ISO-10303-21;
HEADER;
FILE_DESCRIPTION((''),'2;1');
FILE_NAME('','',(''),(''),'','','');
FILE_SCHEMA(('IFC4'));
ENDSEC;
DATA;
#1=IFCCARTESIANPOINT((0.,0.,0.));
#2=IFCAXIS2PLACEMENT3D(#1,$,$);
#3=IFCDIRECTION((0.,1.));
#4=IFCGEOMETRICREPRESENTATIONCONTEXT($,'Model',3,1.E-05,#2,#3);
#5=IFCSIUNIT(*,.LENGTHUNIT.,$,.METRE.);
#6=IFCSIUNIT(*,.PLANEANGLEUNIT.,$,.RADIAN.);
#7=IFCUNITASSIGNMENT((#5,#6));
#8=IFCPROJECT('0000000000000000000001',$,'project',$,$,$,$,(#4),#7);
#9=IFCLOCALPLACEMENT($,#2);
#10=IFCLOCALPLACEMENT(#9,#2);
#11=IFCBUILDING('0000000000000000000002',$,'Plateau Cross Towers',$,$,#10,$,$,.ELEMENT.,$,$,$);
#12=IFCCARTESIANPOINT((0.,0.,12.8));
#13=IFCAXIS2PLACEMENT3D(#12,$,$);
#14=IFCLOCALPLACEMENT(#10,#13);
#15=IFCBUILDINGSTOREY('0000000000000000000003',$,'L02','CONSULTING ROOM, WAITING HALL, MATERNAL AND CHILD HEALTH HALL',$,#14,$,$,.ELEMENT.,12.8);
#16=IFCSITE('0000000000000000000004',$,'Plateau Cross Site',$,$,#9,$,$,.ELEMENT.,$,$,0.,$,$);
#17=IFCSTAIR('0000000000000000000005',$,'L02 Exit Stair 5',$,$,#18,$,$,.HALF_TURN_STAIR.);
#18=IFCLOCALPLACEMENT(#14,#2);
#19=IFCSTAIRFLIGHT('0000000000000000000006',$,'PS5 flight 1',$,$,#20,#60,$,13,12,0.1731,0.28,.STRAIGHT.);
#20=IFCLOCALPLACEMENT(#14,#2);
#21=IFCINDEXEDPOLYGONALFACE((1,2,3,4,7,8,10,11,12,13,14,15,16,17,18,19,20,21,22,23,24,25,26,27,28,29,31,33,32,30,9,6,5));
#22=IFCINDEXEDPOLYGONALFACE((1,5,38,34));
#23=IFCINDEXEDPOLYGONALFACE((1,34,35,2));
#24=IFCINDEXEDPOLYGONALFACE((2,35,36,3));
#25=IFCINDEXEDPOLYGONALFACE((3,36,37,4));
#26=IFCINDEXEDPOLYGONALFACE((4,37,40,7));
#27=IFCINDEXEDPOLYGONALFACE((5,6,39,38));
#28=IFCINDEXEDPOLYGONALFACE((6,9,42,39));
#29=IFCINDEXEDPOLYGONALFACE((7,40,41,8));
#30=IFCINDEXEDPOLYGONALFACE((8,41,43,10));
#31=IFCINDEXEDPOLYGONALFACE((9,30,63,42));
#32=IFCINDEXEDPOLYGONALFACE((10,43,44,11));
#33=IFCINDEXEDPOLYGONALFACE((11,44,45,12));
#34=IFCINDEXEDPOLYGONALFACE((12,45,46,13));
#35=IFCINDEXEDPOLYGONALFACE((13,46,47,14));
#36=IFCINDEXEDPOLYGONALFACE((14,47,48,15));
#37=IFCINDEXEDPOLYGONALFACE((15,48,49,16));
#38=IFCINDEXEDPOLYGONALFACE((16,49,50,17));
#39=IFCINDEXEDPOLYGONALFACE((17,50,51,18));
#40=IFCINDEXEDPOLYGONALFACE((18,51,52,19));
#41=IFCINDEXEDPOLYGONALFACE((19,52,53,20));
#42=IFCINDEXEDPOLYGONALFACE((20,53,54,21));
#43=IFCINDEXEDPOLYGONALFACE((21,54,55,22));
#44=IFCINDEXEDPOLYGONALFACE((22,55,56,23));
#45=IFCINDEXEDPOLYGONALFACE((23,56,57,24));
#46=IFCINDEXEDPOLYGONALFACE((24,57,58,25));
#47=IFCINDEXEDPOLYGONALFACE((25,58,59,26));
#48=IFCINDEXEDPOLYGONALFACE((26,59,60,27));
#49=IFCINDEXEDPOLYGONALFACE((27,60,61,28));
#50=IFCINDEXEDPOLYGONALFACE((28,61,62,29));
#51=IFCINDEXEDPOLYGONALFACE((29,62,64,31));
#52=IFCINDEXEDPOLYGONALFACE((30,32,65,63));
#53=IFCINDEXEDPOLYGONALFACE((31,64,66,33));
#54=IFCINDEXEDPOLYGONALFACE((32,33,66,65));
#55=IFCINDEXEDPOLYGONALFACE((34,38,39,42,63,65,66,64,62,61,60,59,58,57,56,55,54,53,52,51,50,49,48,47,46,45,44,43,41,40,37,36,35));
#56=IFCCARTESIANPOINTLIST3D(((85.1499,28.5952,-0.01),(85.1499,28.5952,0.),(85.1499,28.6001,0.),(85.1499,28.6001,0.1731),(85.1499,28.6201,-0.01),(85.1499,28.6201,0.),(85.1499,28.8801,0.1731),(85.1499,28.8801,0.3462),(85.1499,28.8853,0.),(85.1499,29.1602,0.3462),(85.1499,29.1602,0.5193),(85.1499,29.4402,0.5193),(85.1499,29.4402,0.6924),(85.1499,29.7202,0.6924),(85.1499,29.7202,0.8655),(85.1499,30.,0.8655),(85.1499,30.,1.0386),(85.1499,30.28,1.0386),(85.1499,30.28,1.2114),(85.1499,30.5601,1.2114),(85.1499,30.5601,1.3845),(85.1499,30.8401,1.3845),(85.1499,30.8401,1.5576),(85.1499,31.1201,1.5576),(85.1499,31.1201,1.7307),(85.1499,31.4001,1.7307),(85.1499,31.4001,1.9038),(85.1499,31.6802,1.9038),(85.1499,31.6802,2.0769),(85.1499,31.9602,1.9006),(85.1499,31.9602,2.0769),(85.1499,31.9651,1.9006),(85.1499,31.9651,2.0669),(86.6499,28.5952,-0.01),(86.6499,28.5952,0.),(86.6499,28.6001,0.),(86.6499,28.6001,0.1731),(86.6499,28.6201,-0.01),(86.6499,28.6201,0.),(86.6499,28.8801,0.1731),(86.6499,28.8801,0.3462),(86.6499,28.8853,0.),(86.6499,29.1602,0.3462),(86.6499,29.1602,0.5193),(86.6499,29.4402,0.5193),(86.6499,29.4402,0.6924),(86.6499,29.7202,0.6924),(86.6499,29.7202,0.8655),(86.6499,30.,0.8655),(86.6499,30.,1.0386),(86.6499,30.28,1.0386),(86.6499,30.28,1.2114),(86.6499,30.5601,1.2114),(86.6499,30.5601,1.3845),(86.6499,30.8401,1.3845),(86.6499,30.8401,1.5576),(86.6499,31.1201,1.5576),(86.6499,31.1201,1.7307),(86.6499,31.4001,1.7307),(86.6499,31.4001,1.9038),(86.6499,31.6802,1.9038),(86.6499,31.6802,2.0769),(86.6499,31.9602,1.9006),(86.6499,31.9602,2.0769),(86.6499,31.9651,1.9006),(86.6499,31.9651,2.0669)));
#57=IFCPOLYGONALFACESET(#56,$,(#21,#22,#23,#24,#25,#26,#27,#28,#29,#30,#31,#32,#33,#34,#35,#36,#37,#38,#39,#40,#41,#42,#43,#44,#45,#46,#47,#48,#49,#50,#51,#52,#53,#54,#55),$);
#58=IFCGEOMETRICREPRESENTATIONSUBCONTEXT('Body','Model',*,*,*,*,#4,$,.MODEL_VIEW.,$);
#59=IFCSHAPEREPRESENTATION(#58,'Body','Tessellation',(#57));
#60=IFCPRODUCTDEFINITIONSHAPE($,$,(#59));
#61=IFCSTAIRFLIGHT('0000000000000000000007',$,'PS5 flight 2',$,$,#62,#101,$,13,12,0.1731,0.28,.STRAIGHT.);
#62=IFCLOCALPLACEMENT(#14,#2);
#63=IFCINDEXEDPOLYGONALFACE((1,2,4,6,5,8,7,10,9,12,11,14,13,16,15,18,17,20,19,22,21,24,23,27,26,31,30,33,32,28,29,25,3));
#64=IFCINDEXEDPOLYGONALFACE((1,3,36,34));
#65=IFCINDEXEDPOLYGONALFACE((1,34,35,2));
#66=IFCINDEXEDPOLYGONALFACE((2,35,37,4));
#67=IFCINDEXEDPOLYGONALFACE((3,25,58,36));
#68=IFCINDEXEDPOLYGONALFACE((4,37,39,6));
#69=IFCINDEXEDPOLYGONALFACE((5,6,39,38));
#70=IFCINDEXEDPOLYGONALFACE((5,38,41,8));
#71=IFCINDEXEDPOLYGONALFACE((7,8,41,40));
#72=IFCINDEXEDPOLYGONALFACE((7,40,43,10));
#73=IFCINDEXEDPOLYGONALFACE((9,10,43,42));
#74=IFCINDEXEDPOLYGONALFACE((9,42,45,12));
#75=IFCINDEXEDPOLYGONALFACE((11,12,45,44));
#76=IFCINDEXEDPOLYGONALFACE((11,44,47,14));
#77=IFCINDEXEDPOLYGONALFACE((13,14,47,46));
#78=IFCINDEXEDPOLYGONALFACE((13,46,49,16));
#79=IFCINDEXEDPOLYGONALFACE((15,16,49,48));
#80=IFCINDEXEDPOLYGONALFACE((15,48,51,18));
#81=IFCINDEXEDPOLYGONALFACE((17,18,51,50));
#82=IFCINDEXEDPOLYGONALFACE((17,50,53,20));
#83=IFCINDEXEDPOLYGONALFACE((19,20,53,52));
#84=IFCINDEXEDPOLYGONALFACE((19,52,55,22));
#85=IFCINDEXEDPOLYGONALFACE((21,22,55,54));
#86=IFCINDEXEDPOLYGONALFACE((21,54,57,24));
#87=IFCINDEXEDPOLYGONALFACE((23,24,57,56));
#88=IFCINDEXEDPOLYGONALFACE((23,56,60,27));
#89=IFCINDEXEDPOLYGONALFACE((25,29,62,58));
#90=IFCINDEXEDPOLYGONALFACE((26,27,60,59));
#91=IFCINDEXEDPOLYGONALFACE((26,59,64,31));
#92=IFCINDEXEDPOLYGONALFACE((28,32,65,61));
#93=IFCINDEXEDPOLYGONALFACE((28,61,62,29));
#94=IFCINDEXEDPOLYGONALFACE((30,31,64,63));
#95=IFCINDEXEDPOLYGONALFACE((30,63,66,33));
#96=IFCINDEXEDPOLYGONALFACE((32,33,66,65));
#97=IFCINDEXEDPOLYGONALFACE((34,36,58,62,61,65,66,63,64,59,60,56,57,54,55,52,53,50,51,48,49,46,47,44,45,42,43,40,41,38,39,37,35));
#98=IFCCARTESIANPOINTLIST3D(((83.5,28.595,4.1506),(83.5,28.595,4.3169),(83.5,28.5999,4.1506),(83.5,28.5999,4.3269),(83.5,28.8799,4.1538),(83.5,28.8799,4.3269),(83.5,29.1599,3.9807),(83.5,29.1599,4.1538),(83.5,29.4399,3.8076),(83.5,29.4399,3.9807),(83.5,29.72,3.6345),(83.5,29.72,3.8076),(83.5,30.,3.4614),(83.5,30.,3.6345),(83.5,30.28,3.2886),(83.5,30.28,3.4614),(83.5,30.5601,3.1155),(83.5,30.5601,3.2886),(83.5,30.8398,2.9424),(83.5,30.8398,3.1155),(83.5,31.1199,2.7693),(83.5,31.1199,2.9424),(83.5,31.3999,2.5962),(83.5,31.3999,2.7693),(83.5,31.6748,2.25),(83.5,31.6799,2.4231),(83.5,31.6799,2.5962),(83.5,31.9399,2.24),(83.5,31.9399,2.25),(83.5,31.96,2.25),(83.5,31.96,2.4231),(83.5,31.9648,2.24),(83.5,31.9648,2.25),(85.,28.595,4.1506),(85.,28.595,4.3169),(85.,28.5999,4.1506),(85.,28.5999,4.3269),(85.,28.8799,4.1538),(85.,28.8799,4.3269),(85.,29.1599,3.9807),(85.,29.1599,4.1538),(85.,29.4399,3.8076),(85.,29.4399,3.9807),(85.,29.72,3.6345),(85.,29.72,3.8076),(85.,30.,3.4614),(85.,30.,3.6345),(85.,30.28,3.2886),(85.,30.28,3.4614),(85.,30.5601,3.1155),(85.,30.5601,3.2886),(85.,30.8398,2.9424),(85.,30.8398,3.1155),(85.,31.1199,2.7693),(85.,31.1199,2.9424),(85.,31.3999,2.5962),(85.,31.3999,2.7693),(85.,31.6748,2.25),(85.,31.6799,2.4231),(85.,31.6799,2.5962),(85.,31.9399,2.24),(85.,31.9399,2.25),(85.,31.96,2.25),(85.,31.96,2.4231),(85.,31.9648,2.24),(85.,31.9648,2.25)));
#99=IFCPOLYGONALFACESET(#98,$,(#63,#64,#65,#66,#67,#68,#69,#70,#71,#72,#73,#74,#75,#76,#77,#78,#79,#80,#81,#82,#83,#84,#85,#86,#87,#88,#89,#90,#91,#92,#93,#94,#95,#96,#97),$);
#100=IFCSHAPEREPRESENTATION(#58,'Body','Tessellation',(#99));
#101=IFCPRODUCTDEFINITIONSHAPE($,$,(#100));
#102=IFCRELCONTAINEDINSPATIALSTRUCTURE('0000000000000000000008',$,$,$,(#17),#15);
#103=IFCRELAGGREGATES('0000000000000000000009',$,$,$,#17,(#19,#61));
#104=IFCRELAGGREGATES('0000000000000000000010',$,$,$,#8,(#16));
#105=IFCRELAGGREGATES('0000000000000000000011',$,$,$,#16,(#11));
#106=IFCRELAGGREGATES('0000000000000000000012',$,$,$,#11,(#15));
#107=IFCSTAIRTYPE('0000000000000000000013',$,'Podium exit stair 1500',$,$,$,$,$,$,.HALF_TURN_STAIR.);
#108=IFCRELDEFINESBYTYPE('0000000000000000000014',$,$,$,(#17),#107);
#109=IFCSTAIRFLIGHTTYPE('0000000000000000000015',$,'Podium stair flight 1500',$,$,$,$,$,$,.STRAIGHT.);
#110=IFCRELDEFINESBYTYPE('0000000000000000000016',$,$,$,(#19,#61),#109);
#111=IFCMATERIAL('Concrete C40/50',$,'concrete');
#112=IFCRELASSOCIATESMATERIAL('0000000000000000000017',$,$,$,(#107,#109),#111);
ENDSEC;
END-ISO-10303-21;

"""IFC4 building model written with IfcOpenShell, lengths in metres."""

from ifc_helpers import new_model, si_unit, direction, frame, origin, place, context, subcontext, project, spatial, polyline, outline, extrude, material, type_object, element, aggregate, save


model = new_model("IFC4")

# Units and contexts
model_context = context("Model", 3, precision=1e-05, world=origin(), true_north=direction((0.0, 1.0)))
body_context = subcontext(model_context, "Body", "Model", "MODEL_VIEW")
ifc_project = project(units=[si_unit("LENGTHUNIT", "METRE"), si_unit("PLANEANGLEUNIT", "RADIAN")], contexts=[model_context])

# Site, building, storey
site_placement = place(None, origin())
site = spatial("IfcSite", under=ifc_project, at=site_placement, Name="Plateau Cross Site", CompositionType="ELEMENT", RefElevation=0.0)
building_placement = place(site_placement, origin())
building = spatial("IfcBuilding", under=site, at=building_placement, Name="Plateau Cross Towers", CompositionType="ELEMENT")
storey_placement = place(building_placement, frame((0.0, 0.0, 12.8)))
storey = spatial("IfcBuildingStorey", under=building, at=storey_placement, Name="L02", Description="CONSULTING ROOM, WAITING HALL, MATERNAL AND CHILD HEALTH HALL", CompositionType="ELEMENT", Elevation=12.8)

# Stair, stair flights
ifc_material_1 = material(Name="Concrete C40/50", Category="concrete")
stair_type = type_object("IfcStairType", Name="Podium exit stair 1500", PredefinedType="HALF_TURN_STAIR", material=ifc_material_1)
stair_placement = place(storey_placement, origin())
stair = element("IfcStair", 1, at=stair_placement, inside=storey, type_object=stair_type, Name="L02 Exit Stair 5", PredefinedType="HALF_TURN_STAIR")
stair_flight_type = type_object("IfcStairFlightType", Name="Podium stair flight 1500", PredefinedType="STRAIGHT", material=ifc_material_1)
stair_flight_1_placement = place(storey_placement, frame((85.8999, 28.6001, 0.0), z_axis=(0.0, 0.0, 1.0), x_axis=(0.0, 1.0, 0.0)))
stair_flight_1 = element("IfcStairFlight", 2, at=stair_flight_1_placement, type_object=stair_flight_type, Name="PS5 flight 1", NumberOfRisers=13, NumberOfTreads=12, PredefinedType="STRAIGHT", RiserHeight=0.1731, TreadLength=0.28, context=body_context, shape_type="SweptSolid", body=[
    extrude(outline(polyline([(-0.0049, -0.01), (-0.0049, 0.0), (0.0, 0.0), (0.0, 0.1731), (0.28, 0.1731), (0.28, 0.3462), (0.5601, 0.3462), (0.5601, 0.5193), (0.8401, 0.5193), (0.8401, 0.6924), (1.1201, 0.6924), (1.1201, 0.8655), (1.3999, 0.8655), (1.3999, 1.0386), (1.6799, 1.0386), (1.6799, 1.2114), (1.96, 1.2114), (1.96, 1.3845), (2.24, 1.3845), (2.24, 1.5576), (2.52, 1.5576), (2.52, 1.7307), (2.8, 1.7307), (2.8, 1.9038), (3.0801, 1.9038), (3.0801, 2.0769), (3.3601, 2.0769), (3.365, 2.0669), (3.365, 1.9006), (3.3601, 1.9006), (0.2852, 0.0), (0.02, 0.0), (0.02, -0.01), (-0.0049, -0.01)])), frame((0.0, 0.75, 0.0), z_axis=(0.0, -1.0, 0.0), x_axis=(1.0, 0.0, 0.0)), (0.0, 0.0, 1.0), 1.5),
])
stair_flight_2_placement = place(storey_placement, frame((84.25, 31.96, 2.25), z_axis=(0.0, 0.0, 1.0), x_axis=(0.0, -1.0, 0.0)))
stair_flight_2 = element("IfcStairFlight", 3, at=stair_flight_2_placement, type_object=stair_flight_type, Name="PS5 flight 2", NumberOfRisers=13, NumberOfTreads=12, PredefinedType="STRAIGHT", RiserHeight=0.1731, TreadLength=0.28, context=body_context, shape_type="SweptSolid", body=[
    extrude(outline(polyline([(-0.0049, -0.01), (-0.0049, 0.0), (0.0, 0.0), (0.0, 0.1731), (0.28, 0.1731), (0.28, 0.3462), (0.5601, 0.3462), (0.5601, 0.5193), (0.8401, 0.5193), (0.8401, 0.6924), (1.1201, 0.6924), (1.1201, 0.8655), (1.3999, 0.8655), (1.3999, 1.0386), (1.6799, 1.0386), (1.6799, 1.2114), (1.96, 1.2114), (1.96, 1.3845), (2.24, 1.3845), (2.24, 1.5576), (2.52, 1.5576), (2.52, 1.7307), (2.8, 1.7307), (2.8, 1.9038), (3.0801, 1.9038), (3.0801, 2.0769), (3.3601, 2.0769), (3.365, 2.0669), (3.365, 1.9006), (3.3601, 1.9006), (0.2852, 0.0), (0.02, 0.0), (0.02, -0.01), (-0.0049, -0.01)])), frame((0.0, 0.75, 0.0), z_axis=(0.0, -1.0, 0.0), x_axis=(1.0, 0.0, 0.0)), (0.0, 0.0, 1.0), 1.5),
])
aggregate(stair, [stair_flight_1, stair_flight_2])

save(model, "model.ifc")
